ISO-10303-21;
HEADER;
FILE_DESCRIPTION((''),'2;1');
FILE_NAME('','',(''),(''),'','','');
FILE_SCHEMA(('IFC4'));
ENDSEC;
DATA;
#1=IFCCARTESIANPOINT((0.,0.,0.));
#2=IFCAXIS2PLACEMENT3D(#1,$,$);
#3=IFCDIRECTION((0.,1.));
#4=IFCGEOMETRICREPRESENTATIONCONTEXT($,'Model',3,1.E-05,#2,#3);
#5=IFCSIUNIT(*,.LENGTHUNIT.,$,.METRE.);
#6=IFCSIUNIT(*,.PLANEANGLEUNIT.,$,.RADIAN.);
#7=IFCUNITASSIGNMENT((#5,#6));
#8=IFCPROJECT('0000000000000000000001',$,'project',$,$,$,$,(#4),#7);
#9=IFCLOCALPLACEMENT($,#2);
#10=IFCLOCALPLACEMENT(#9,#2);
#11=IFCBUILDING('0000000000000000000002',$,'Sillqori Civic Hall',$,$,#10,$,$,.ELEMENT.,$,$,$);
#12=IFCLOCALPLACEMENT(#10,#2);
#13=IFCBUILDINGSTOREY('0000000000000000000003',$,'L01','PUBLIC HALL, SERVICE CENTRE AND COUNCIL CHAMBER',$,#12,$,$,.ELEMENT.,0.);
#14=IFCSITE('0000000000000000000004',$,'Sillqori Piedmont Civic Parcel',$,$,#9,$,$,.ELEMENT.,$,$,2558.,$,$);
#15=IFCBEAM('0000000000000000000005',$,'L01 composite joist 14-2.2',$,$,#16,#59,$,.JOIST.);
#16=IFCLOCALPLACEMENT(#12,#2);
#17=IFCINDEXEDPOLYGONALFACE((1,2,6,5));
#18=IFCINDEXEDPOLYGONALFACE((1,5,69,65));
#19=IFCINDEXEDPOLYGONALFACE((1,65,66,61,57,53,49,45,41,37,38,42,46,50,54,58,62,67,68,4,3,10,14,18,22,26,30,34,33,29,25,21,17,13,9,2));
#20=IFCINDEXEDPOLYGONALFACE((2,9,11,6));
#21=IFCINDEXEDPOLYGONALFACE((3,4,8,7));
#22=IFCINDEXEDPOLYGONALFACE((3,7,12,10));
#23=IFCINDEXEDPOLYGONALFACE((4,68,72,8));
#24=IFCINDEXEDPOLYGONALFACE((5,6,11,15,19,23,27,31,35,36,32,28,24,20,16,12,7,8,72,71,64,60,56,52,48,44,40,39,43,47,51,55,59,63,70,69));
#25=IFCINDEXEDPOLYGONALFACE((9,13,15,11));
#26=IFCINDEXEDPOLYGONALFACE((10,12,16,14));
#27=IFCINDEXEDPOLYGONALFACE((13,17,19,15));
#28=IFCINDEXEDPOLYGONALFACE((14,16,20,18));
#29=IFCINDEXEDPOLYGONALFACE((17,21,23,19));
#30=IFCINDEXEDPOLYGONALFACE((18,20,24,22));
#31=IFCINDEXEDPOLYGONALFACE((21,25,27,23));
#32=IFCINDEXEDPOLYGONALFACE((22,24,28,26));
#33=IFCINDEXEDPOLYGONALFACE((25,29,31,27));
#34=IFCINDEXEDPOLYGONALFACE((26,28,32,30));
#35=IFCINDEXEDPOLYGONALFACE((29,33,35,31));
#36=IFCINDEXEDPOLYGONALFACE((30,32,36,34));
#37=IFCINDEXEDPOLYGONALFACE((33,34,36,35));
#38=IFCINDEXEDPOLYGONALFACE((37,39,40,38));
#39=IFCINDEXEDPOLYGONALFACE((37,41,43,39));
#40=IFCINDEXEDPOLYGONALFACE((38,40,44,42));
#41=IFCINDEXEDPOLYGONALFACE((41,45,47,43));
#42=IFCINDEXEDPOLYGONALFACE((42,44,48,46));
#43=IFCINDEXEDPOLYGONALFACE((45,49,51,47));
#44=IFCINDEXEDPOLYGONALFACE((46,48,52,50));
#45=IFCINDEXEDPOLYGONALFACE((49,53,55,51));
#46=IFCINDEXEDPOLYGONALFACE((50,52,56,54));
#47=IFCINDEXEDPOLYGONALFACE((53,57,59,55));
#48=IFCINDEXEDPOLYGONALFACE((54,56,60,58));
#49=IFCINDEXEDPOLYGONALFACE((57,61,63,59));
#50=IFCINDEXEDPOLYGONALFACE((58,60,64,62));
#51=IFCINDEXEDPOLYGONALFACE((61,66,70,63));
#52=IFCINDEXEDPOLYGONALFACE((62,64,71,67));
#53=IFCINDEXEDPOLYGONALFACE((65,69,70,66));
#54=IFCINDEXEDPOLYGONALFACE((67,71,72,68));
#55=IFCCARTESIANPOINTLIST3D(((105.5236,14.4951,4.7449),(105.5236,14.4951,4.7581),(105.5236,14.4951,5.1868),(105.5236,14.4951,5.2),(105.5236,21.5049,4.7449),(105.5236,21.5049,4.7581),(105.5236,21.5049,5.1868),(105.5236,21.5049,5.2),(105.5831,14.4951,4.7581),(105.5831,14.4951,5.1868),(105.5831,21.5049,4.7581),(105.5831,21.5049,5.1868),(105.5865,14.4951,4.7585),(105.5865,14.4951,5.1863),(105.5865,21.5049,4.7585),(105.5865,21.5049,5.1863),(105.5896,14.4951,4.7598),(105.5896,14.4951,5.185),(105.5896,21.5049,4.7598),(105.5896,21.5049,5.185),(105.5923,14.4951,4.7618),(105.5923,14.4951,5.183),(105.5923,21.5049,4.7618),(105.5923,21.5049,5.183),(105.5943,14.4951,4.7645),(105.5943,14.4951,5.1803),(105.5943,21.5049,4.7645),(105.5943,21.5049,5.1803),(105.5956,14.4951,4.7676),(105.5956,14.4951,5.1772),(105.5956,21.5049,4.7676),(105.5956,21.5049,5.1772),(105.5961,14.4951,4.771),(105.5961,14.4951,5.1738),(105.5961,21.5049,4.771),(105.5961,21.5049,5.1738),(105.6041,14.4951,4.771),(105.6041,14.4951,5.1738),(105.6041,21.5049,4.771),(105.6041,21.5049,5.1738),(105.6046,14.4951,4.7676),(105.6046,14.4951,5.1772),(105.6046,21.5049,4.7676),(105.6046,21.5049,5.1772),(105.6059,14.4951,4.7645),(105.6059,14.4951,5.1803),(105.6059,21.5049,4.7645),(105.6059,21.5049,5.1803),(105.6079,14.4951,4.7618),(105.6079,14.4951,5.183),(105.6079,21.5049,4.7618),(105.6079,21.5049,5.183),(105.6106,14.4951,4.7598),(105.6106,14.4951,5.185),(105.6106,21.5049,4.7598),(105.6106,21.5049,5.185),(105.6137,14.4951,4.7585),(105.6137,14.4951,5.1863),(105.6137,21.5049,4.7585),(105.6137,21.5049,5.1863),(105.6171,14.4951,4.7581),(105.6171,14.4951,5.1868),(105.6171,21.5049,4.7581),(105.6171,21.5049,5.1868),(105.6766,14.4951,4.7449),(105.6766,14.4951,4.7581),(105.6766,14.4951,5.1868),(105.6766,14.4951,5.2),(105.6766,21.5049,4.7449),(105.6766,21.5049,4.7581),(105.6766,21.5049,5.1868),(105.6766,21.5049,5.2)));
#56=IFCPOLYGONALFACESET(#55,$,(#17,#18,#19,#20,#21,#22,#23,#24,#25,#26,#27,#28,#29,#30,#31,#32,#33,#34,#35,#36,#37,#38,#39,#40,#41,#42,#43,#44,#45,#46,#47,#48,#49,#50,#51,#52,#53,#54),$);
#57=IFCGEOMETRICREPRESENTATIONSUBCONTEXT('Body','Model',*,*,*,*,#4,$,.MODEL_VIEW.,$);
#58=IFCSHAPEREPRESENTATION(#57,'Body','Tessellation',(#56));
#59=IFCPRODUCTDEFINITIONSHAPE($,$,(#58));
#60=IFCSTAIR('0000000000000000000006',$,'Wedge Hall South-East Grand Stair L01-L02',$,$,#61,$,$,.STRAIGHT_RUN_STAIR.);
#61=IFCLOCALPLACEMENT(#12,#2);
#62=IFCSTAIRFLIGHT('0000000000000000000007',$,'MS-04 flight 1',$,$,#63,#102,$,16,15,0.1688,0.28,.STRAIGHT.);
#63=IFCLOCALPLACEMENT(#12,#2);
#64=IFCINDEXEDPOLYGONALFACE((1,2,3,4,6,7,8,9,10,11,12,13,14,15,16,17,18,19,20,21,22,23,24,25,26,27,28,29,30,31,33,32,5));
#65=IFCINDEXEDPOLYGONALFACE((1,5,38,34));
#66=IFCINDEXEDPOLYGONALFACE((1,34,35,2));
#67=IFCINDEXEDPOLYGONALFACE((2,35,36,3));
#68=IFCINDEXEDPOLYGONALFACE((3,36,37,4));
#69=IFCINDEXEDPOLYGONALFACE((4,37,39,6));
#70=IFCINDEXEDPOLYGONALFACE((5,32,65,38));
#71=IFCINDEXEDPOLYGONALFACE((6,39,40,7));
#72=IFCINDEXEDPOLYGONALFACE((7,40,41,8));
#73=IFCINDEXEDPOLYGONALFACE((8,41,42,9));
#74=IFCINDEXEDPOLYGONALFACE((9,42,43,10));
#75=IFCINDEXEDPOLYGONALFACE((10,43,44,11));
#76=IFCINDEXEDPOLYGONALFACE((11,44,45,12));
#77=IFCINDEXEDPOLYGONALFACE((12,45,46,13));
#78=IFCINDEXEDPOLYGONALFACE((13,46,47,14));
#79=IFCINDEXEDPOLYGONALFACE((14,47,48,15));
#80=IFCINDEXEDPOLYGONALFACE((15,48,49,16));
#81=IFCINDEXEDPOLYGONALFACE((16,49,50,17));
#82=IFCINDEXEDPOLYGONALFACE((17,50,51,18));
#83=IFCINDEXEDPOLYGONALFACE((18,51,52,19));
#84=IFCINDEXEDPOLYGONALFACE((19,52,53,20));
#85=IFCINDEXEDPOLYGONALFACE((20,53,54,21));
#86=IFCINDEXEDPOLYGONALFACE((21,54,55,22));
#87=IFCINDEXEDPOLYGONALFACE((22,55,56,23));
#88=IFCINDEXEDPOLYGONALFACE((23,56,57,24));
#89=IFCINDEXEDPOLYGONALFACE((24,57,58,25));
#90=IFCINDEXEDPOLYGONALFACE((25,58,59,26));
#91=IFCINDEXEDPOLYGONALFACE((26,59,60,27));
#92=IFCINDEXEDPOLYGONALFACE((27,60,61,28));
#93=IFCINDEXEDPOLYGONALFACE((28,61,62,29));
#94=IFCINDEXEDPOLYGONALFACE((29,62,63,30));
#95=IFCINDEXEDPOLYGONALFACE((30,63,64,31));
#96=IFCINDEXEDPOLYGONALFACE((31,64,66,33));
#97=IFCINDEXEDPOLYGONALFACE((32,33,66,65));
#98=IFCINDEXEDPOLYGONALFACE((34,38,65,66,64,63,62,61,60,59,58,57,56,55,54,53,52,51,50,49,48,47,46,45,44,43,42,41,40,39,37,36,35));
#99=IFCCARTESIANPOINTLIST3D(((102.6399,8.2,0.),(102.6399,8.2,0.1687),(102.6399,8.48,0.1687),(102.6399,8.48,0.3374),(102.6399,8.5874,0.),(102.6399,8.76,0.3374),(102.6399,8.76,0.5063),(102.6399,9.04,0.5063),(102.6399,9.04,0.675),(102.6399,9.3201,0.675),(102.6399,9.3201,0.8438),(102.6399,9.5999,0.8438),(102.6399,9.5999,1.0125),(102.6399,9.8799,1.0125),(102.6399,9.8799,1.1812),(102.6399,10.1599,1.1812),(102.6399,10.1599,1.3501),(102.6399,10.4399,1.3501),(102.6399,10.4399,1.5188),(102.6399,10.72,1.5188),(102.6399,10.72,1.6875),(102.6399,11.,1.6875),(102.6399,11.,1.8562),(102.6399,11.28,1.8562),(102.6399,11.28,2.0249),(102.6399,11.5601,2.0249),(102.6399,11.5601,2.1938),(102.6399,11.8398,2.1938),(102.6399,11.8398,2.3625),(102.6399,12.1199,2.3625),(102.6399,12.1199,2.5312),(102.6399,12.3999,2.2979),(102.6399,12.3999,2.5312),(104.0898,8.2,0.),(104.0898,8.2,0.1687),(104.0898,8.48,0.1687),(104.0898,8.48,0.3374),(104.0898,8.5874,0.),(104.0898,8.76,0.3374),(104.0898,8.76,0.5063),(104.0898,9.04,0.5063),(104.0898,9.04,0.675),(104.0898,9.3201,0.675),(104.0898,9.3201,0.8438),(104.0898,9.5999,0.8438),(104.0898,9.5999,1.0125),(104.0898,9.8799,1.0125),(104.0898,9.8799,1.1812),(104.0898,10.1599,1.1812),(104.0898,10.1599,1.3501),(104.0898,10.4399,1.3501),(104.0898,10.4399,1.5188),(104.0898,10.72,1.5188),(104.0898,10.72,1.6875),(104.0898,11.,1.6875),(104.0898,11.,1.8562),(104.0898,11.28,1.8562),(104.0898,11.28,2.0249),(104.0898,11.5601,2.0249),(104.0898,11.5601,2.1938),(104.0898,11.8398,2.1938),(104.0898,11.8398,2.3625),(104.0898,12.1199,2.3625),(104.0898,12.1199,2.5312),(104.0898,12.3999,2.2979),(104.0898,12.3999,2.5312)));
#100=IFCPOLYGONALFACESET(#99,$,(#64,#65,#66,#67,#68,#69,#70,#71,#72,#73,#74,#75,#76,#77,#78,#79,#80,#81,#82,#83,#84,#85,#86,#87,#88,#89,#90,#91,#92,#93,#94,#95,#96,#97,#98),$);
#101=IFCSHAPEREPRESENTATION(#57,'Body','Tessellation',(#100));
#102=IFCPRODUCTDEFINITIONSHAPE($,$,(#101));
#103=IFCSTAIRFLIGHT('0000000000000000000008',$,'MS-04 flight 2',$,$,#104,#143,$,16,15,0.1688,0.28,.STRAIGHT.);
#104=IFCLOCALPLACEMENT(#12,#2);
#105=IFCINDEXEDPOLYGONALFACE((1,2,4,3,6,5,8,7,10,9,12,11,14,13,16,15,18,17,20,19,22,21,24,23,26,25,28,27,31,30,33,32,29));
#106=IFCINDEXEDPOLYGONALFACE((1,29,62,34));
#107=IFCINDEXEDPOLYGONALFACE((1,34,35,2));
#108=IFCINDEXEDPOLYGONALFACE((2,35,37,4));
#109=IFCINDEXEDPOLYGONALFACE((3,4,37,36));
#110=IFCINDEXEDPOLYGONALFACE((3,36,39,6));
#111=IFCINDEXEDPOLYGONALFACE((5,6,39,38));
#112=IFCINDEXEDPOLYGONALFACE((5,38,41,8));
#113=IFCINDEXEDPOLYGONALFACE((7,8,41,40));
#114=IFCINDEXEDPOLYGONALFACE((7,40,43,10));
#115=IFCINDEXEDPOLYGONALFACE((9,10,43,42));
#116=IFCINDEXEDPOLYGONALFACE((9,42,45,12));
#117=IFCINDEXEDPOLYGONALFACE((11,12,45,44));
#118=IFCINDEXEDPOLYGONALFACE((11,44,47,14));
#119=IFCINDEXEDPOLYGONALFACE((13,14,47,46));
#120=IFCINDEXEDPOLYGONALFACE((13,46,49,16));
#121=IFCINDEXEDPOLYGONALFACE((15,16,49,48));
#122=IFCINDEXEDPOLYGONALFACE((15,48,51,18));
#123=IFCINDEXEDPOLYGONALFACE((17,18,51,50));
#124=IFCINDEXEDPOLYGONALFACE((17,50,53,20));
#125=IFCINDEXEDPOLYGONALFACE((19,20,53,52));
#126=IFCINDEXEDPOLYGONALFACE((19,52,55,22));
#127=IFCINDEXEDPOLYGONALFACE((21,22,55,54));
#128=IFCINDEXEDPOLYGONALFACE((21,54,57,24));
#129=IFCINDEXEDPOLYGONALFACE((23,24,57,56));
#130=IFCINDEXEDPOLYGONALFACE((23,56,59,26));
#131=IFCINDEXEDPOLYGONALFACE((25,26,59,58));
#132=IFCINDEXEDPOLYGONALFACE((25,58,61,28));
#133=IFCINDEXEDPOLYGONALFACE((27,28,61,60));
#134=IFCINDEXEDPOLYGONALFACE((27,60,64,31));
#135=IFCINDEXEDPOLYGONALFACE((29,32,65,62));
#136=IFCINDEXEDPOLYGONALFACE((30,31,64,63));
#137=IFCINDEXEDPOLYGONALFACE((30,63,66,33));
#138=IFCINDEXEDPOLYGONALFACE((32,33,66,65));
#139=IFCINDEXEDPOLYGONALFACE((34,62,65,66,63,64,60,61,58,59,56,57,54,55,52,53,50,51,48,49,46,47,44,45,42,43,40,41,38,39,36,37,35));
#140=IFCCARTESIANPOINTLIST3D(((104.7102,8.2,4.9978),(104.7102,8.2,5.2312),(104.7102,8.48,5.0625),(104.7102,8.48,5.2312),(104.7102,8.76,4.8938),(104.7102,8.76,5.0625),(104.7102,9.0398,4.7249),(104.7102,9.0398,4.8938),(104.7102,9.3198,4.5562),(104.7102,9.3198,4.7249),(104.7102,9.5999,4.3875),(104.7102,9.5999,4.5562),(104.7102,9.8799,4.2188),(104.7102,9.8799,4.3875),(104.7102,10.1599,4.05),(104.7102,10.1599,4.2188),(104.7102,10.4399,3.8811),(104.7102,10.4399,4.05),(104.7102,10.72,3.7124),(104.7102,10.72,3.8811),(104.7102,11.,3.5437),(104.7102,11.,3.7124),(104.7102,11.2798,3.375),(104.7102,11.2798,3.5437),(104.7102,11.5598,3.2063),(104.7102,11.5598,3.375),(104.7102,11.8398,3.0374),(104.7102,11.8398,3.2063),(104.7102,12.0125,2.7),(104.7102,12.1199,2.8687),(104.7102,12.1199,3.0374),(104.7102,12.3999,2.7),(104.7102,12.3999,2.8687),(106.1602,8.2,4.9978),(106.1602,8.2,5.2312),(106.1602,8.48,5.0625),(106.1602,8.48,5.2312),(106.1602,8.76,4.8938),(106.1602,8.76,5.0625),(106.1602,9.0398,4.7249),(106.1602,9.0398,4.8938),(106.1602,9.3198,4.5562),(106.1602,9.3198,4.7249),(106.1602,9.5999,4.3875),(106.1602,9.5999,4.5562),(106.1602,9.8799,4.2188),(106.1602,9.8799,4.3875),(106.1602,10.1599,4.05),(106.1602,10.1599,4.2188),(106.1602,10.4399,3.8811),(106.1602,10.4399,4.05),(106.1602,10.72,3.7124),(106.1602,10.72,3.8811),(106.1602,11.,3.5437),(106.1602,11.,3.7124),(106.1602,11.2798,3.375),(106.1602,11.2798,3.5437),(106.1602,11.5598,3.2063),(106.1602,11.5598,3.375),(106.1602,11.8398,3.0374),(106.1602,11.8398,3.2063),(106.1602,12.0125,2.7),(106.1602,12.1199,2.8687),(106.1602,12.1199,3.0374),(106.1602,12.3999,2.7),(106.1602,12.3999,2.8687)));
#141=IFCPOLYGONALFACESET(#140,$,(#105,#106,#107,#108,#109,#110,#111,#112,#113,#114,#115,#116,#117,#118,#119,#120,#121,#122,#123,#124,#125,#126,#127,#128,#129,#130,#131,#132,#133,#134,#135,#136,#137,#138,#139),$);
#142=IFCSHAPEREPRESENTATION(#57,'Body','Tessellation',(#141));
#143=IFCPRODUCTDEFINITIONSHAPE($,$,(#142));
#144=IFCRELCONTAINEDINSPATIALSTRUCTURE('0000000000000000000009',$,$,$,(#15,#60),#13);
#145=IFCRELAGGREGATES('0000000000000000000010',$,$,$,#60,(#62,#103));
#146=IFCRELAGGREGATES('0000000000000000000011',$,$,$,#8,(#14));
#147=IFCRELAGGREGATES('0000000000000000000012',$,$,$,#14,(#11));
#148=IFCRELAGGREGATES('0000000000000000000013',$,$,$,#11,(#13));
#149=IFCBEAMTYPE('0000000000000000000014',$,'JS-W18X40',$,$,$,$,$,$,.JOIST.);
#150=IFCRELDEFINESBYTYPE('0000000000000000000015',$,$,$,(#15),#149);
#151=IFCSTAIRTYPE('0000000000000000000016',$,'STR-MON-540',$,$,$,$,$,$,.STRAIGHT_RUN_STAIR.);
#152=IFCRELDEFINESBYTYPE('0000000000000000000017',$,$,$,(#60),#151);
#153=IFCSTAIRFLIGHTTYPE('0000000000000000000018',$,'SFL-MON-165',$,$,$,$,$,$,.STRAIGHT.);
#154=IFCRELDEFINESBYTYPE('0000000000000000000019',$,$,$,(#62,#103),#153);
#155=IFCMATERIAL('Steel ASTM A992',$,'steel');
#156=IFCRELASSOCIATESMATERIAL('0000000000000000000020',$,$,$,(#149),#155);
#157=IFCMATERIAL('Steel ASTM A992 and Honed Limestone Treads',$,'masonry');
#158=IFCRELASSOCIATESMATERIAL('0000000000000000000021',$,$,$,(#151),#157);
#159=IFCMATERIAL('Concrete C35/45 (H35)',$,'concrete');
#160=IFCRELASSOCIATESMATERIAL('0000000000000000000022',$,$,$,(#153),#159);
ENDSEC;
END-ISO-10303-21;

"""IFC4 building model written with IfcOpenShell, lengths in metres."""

from ifc_helpers import new_model, si_unit, direction, frame, origin, origin_2d, place, context, subcontext, project, spatial, polyline, i_section, outline, extrude, material, material_profile, profile_set, type_object, element, aggregate, save


model = new_model("IFC4")

# Units and contexts
model_context = context("Model", 3, precision=1e-05, world=origin(), true_north=direction((0.0, 1.0)))
body_context = subcontext(model_context, "Body", "Model", "MODEL_VIEW")
ifc_project = project(units=[si_unit("LENGTHUNIT", "METRE"), si_unit("PLANEANGLEUNIT", "RADIAN")], contexts=[model_context])

# Site, building, storey
site_placement = place(None, origin())
site = spatial("IfcSite", under=ifc_project, at=site_placement, Name="Sillqori Piedmont Civic Parcel", CompositionType="ELEMENT", RefElevation=2558.0)
building_placement = place(site_placement, origin())
building = spatial("IfcBuilding", under=site, at=building_placement, Name="Sillqori Civic Hall", CompositionType="ELEMENT")
storey_placement = place(building_placement, origin())
storey = spatial("IfcBuildingStorey", under=building, at=storey_placement, Name="L01", Description="PUBLIC HALL, SERVICE CENTRE AND COUNCIL CHAMBER", CompositionType="ELEMENT", Elevation=0.0)

# Shared definitions
ifc_material_1 = material(Name="Steel ASTM A992", Category="steel")

# Beam
ifc_material_profile_1 = material_profile(ifc_material_1, i_section(OverallWidth=0.1531, OverallDepth=0.4551, WebThickness=0.0081, FlangeThickness=0.0132, FilletRadius=0.0129, at=origin_2d()), Name="W18X40")
ifc_profile_set_1 = profile_set([ifc_material_profile_1], Name="Steel ASTM A992")
beam_type_1 = type_object("IfcBeamType", Name="JS-W18X40", PredefinedType="JOIST", material=ifc_profile_set_1)
for number, where, z_axis, x_axis, name in (
    (1, (105.6001, 14.4951, 4.9724), (0.0, 1.0, 0.0), (-1.0, 0.0, 0.0), "L01 composite joist 14-2.2"),
):
    element("IfcBeam", number, at=place(storey_placement, frame(where, z_axis=z_axis, x_axis=x_axis)), inside=storey, type_object=beam_type_1, Name=name, PredefinedType="JOIST", context=body_context, shape_type="SweptSolid", body=[
        extrude(i_section(OverallWidth=0.1531, OverallDepth=0.4551, WebThickness=0.0081, FlangeThickness=0.0132, FilletRadius=0.0129, at=origin_2d()), origin(), (0.0, 0.0, 1.0), 7.0098),
    ])

# Stair, stair flights
ifc_material_2 = material(Name="Steel ASTM A992 and Honed Limestone Treads", Category="masonry")
stair_type = type_object("IfcStairType", Name="STR-MON-540", PredefinedType="STRAIGHT_RUN_STAIR", material=ifc_material_2)
stair_placement = place(storey_placement, origin())
stair = element("IfcStair", 2, at=stair_placement, inside=storey, type_object=stair_type, Name="Wedge Hall South-East Grand Stair L01-L02", PredefinedType="STRAIGHT_RUN_STAIR")
ifc_material_3 = material(Name="Concrete C35/45 (H35)", Category="concrete")
stair_flight_type = type_object("IfcStairFlightType", Name="SFL-MON-165", PredefinedType="STRAIGHT", material=ifc_material_3)
stair_flight_1_placement = place(storey_placement, frame((103.365, 8.2, 0.0), z_axis=(0.0, 0.0, 1.0), x_axis=(0.0, 1.0, 0.0)))
stair_flight_1 = element("IfcStairFlight", 3, at=stair_flight_1_placement, type_object=stair_flight_type, Name="MS-04 flight 1", NumberOfRisers=16, NumberOfTreads=15, PredefinedType="STRAIGHT", RiserHeight=0.1688, TreadLength=0.28, context=body_context, shape_type="SweptSolid", body=[
    extrude(outline(polyline([(0.0, 0.0), (0.0, 0.1687), (0.28, 0.1687), (0.28, 0.3374), (0.5601, 0.3374), (0.5601, 0.5063), (0.8401, 0.5063), (0.8401, 0.675), (1.1201, 0.675), (1.1201, 0.8438), (1.3999, 0.8438), (1.3999, 1.0125), (1.6799, 1.0125), (1.6799, 1.1812), (1.96, 1.1812), (1.96, 1.3501), (2.24, 1.3501), (2.24, 1.5188), (2.52, 1.5188), (2.52, 1.6875), (2.8, 1.6875), (2.8, 1.8562), (3.0801, 1.8562), (3.0801, 2.0249), (3.3601, 2.0249), (3.3601, 2.1938), (3.6399, 2.1938), (3.6399, 2.3625), (3.9199, 2.3625), (3.9199, 2.5312), (4.2, 2.5312), (4.2, 2.7), (4.2, 2.2979), (0.3875, 0.0), (0.0, 0.0)])), frame((0.0, 0.7251, 0.0), z_axis=(0.0, -1.0, 0.0), x_axis=(1.0, 0.0, 0.0)), (0.0, 0.0, 1.0), 1.45),
])
stair_flight_2_placement = place(storey_placement, frame((105.4351, 12.3999, 2.7), z_axis=(0.0, 0.0, 1.0), x_axis=(0.0, -1.0, 0.0)))
stair_flight_2 = element("IfcStairFlight", 4, at=stair_flight_2_placement, type_object=stair_flight_type, Name="MS-04 flight 2", NumberOfRisers=16, NumberOfTreads=15, PredefinedType="STRAIGHT", RiserHeight=0.1688, TreadLength=0.28, context=body_context, shape_type="SweptSolid", body=[
    extrude(outline(polyline([(0.0, 0.0), (0.0, 0.1687), (0.28, 0.1687), (0.28, 0.3374), (0.5601, 0.3374), (0.5601, 0.5063), (0.8401, 0.5063), (0.8401, 0.675), (1.1201, 0.675), (1.1201, 0.8438), (1.3999, 0.8438), (1.3999, 1.0125), (1.6799, 1.0125), (1.6799, 1.1812), (1.96, 1.1812), (1.96, 1.3501), (2.24, 1.3501), (2.24, 1.5188), (2.52, 1.5188), (2.52, 1.6875), (2.8, 1.6875), (2.8, 1.8562), (3.0801, 1.8562), (3.0801, 2.0249), (3.3601, 2.0249), (3.3601, 2.1938), (3.6399, 2.1938), (3.6399, 2.3625), (3.9199, 2.3625), (3.9199, 2.5312), (4.2, 2.5312), (4.2, 2.7), (4.2, 2.2979), (0.3875, 0.0), (0.0, 0.0)])), frame((0.0, 0.7251, 0.0), z_axis=(0.0, -1.0, 0.0), x_axis=(1.0, 0.0, 0.0)), (0.0, 0.0, 1.0), 1.45),
])
aggregate(stair, [stair_flight_1, stair_flight_2])

save(model, "model.ifc")
